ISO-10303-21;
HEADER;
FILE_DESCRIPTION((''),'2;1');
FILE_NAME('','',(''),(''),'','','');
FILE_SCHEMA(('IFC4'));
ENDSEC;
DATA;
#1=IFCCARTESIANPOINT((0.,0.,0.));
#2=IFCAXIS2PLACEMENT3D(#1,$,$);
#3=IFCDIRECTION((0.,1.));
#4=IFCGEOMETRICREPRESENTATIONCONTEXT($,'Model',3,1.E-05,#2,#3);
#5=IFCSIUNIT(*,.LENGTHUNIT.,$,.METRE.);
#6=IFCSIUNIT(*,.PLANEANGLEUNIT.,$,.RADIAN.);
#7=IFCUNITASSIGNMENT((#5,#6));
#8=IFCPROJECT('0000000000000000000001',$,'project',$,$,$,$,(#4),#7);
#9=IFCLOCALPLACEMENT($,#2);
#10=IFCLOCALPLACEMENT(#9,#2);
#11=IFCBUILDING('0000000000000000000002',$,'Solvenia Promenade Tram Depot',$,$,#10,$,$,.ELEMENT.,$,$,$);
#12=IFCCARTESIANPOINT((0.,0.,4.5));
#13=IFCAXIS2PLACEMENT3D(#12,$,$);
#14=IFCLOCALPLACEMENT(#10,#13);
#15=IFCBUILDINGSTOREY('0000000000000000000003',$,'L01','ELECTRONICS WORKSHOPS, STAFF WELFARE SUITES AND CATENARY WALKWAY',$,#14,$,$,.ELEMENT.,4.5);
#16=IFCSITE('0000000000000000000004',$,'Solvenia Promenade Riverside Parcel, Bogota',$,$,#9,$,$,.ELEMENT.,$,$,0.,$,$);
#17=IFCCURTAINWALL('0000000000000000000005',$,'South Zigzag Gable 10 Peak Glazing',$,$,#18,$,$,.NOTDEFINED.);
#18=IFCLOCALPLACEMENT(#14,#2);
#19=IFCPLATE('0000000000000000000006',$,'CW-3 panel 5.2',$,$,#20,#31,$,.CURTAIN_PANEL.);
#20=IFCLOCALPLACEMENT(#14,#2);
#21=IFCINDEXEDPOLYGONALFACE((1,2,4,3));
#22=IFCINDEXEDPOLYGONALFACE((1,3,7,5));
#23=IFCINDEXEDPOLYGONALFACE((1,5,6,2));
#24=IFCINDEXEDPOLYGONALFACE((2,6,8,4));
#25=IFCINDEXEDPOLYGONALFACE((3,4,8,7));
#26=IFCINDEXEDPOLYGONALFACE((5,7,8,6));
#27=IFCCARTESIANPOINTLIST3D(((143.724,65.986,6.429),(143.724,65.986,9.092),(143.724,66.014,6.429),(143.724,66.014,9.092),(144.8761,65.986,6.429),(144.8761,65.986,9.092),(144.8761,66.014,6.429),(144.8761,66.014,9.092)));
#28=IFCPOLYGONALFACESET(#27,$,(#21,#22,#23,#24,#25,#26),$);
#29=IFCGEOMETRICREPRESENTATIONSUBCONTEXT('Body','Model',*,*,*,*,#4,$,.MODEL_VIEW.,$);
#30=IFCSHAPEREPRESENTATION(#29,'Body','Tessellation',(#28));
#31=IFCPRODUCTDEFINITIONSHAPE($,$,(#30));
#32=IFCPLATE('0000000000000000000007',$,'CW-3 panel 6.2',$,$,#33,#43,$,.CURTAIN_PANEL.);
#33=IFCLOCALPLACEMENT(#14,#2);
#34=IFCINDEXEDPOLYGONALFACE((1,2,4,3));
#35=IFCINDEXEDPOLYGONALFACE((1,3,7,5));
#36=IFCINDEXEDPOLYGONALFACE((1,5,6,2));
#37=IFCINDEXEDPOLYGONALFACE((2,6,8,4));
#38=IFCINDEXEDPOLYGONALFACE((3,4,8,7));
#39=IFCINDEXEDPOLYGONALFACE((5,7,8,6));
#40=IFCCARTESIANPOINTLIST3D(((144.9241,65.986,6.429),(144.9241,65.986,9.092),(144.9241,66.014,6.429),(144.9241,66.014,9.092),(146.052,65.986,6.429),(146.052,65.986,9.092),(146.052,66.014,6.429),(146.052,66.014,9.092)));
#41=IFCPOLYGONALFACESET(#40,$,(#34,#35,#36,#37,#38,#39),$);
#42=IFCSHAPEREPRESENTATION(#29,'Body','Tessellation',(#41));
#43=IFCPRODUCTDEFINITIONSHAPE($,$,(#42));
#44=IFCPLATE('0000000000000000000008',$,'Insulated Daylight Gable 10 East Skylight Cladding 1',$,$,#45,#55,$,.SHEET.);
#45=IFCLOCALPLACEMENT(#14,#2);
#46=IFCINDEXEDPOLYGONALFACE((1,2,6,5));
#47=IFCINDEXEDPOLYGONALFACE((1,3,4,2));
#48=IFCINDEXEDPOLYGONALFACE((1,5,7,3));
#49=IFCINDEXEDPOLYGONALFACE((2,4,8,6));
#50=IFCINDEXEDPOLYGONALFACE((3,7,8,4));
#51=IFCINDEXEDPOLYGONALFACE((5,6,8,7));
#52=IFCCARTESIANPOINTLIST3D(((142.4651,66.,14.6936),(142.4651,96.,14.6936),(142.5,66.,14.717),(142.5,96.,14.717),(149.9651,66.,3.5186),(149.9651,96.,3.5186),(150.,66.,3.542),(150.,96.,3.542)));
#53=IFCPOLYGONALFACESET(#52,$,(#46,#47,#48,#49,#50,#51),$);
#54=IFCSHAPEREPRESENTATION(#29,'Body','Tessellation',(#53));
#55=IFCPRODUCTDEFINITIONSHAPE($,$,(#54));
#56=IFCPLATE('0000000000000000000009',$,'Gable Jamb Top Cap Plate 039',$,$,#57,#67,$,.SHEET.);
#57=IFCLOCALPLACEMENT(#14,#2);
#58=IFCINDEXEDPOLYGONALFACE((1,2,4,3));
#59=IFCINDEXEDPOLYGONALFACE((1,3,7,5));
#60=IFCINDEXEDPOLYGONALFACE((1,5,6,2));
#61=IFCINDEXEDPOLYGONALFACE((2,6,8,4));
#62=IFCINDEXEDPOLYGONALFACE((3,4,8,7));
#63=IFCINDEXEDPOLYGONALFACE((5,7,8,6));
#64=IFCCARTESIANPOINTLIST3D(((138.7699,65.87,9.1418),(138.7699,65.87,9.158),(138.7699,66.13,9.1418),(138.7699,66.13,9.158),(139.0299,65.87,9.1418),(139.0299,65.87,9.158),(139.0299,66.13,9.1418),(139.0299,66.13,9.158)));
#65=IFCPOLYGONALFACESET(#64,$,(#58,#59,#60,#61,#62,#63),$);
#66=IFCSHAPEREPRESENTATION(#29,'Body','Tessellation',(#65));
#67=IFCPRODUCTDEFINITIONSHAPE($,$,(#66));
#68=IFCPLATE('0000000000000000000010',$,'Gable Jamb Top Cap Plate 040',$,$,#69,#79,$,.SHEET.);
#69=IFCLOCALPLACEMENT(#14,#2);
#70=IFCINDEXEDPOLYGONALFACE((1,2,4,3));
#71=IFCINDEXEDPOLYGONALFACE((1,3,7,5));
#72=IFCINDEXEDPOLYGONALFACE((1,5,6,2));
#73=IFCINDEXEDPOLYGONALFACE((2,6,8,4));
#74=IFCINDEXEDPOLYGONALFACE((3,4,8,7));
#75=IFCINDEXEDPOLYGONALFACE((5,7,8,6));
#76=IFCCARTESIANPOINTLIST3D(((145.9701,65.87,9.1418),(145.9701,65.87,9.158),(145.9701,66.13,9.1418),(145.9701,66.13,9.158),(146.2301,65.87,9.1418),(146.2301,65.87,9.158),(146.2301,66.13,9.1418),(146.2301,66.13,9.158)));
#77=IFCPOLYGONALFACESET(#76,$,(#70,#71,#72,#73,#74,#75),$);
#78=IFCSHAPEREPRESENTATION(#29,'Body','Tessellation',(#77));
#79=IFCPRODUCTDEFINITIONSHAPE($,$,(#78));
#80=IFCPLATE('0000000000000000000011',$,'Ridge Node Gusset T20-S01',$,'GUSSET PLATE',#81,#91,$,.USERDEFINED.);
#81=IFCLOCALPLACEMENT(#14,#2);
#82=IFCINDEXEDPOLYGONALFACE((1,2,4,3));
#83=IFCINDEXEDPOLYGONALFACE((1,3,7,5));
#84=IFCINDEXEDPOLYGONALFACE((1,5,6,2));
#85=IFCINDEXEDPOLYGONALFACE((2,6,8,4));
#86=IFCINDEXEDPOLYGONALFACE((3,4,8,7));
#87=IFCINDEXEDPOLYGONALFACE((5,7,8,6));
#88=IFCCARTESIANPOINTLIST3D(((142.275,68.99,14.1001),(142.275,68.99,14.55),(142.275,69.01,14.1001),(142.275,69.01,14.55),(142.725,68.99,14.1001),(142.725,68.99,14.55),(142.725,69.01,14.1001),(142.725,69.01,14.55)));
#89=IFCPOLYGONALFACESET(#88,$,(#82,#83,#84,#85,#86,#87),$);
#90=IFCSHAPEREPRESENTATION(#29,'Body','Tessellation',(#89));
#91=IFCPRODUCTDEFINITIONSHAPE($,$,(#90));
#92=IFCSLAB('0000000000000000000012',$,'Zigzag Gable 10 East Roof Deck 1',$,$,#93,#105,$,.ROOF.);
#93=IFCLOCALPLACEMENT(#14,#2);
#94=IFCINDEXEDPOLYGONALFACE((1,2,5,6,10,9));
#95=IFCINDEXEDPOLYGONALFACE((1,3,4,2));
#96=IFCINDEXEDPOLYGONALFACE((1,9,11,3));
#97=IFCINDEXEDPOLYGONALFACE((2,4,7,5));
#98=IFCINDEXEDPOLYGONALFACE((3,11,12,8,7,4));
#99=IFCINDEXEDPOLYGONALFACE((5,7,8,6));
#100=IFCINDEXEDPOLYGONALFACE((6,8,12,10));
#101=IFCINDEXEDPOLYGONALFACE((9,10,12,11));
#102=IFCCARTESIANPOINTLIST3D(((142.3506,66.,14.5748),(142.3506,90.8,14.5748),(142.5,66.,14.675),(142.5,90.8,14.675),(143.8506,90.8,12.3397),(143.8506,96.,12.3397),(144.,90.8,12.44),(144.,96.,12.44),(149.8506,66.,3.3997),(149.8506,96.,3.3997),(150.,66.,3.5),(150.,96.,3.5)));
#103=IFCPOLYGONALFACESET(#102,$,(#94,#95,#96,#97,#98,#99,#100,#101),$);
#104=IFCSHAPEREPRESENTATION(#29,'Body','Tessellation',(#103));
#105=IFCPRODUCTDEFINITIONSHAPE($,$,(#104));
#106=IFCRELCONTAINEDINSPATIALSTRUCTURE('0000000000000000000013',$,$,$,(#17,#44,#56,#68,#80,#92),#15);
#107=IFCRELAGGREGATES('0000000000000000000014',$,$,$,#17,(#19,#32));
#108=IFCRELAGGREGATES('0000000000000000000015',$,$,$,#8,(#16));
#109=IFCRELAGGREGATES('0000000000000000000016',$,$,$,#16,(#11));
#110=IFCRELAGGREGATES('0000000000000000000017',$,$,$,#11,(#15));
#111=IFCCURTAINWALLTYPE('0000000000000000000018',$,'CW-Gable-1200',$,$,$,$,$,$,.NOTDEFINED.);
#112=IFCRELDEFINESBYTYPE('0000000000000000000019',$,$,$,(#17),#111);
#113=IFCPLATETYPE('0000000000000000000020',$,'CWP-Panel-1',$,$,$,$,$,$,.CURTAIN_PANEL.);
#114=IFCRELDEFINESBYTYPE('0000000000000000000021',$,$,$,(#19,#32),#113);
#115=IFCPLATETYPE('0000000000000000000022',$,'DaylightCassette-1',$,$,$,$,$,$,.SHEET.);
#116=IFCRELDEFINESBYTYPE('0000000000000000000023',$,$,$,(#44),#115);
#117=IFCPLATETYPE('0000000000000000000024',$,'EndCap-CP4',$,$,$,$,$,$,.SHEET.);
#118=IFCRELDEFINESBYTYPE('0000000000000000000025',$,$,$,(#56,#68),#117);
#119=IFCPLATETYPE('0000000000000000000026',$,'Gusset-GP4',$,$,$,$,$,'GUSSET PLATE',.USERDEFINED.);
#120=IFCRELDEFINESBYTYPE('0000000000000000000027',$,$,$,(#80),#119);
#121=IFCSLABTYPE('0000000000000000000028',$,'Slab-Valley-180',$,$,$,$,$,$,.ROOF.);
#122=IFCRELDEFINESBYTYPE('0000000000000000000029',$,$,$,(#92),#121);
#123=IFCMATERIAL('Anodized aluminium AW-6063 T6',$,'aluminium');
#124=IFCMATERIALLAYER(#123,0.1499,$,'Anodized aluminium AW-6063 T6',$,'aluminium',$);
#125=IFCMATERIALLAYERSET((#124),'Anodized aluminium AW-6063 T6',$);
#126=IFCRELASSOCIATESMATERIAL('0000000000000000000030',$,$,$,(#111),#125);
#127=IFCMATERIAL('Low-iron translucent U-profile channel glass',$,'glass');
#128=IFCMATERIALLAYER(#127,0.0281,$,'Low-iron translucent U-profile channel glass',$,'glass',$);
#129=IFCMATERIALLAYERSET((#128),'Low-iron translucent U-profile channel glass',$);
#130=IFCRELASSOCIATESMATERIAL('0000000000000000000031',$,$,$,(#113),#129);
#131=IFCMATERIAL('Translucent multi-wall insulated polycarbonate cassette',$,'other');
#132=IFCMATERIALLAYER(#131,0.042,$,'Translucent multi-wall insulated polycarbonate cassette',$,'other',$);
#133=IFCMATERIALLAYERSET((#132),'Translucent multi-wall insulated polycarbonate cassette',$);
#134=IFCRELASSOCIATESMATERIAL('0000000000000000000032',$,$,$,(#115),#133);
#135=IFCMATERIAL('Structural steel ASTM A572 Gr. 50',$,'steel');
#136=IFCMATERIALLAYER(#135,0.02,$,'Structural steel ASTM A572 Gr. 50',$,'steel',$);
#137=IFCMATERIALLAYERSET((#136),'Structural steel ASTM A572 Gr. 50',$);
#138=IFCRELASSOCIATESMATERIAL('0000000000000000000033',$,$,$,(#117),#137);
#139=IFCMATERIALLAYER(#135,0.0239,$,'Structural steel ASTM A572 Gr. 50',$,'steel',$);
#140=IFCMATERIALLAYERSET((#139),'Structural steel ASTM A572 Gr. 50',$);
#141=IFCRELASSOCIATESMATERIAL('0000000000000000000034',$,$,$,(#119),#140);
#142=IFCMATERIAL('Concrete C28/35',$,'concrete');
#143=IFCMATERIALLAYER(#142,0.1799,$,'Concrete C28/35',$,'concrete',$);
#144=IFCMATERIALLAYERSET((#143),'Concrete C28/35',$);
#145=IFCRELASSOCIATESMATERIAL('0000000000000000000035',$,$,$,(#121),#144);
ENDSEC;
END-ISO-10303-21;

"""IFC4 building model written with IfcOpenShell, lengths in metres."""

from ifc_helpers import new_model, si_unit, direction, frame, origin, origin_2d, place, context, subcontext, project, spatial, polyline, rectangle, outline, extrude, material, layer, layer_set, type_object, element, aggregate, save


model = new_model("IFC4")

# Units and contexts
model_context = context("Model", 3, precision=1e-05, world=origin(), true_north=direction((0.0, 1.0)))
body_context = subcontext(model_context, "Body", "Model", "MODEL_VIEW")
ifc_project = project(units=[si_unit("LENGTHUNIT", "METRE"), si_unit("PLANEANGLEUNIT", "RADIAN")], contexts=[model_context])

# Site, building, storey
site_placement = place(None, origin())
site = spatial("IfcSite", under=ifc_project, at=site_placement, Name="Solvenia Promenade Riverside Parcel, Bogota", CompositionType="ELEMENT", RefElevation=0.0)
building_placement = place(site_placement, origin())
building = spatial("IfcBuilding", under=site, at=building_placement, Name="Solvenia Promenade Tram Depot", CompositionType="ELEMENT")
storey_placement = place(building_placement, frame((0.0, 0.0, 4.5)))
storey = spatial("IfcBuildingStorey", under=building, at=storey_placement, Name="L01", Description="ELECTRONICS WORKSHOPS, STAFF WELFARE SUITES AND CATENARY WALKWAY", CompositionType="ELEMENT", Elevation=4.5)

# Curtain wall
ifc_material_1 = material(Name="Anodized aluminium AW-6063 T6", Category="aluminium")
ifc_layer_1 = layer(ifc_material_1, 0.1499, Name="Anodized aluminium AW-6063 T6", Category="aluminium")
ifc_layer_set_1 = layer_set([ifc_layer_1], Name="Anodized aluminium AW-6063 T6")
curtain_wall_type = type_object("IfcCurtainWallType", Name="CW-Gable-1200", PredefinedType="NOTDEFINED", material=ifc_layer_set_1)
curtain_wall_placement = place(storey_placement, origin())
curtain_wall = element("IfcCurtainWall", 1, at=curtain_wall_placement, inside=storey, type_object=curtain_wall_type, Name="South Zigzag Gable 10 Peak Glazing", PredefinedType="NOTDEFINED")

# Plates
ifc_material_2 = material(Name="Low-iron translucent U-profile channel glass", Category="glass")
ifc_layer_2 = layer(ifc_material_2, 0.0281, Name="Low-iron translucent U-profile channel glass", Category="glass")
ifc_layer_set_2 = layer_set([ifc_layer_2], Name="Low-iron translucent U-profile channel glass")
plate_type_1 = type_object("IfcPlateType", Name="CWP-Panel-1", PredefinedType="CURTAIN_PANEL", material=ifc_layer_set_2)
plate_1_placement = place(storey_placement, frame((144.3, 66.0, 6.429), z_axis=(0.0, 0.0, 1.0), x_axis=(1.0, 0.0, 0.0)))
plate_1 = element("IfcPlate", 2, at=plate_1_placement, type_object=plate_type_1, Name="CW-3 panel 5.2", PredefinedType="CURTAIN_PANEL", context=body_context, shape_type="SweptSolid", body=[
    extrude(rectangle(XDim=1.1521, YDim=0.0281, at=origin_2d()), origin(), (0.0, 0.0, 1.0), 2.6631),
])
plate_2_placement = place(storey_placement, frame((145.488, 66.0, 6.429), z_axis=(0.0, 0.0, 1.0), x_axis=(1.0, 0.0, 0.0)))
plate_2 = element("IfcPlate", 3, at=plate_2_placement, type_object=plate_type_1, Name="CW-3 panel 6.2", PredefinedType="CURTAIN_PANEL", context=body_context, shape_type="SweptSolid", body=[
    extrude(rectangle(XDim=1.1279, YDim=0.0281, at=origin_2d()), origin(), (0.0, 0.0, 1.0), 2.6631),
])
aggregate(curtain_wall, [plate_1, plate_2])

# Plates
ifc_material_3 = material(Name="Translucent multi-wall insulated polycarbonate cassette", Category="other")
ifc_layer_3 = layer(ifc_material_3, 0.042, Name="Translucent multi-wall insulated polycarbonate cassette", Category="other")
ifc_layer_set_3 = layer_set([ifc_layer_3], Name="Translucent multi-wall insulated polycarbonate cassette")
plate_type_2 = type_object("IfcPlateType", Name="DaylightCassette-1", PredefinedType="SHEET", material=ifc_layer_set_3)
plate_3_placement = place(storey_placement, frame((142.5, 66.0, 14.717), z_axis=(0.830333, 0.0, 0.557268), x_axis=(0.0, 1.0, 0.0)))
element("IfcPlate", 4, at=plate_3_placement, inside=storey, type_object=plate_type_2, Name="Insulated Daylight Gable 10 East Skylight Cladding 1", PredefinedType="SHEET", context=body_context, shape_type="SweptSolid", body=[
    extrude(outline(polyline([(0.0, 0.0), (30.0, 0.0), (30.0, -13.4585), (0.0, -13.4585), (0.0, 0.0)])), origin(), (0.0, 0.0, -1.0), 0.042),
])
ifc_material_4 = material(Name="Structural steel ASTM A572 Gr. 50", Category="steel")
ifc_layer_4 = layer(ifc_material_4, 0.02, Name="Structural steel ASTM A572 Gr. 50", Category="steel")
ifc_layer_set_4 = layer_set([ifc_layer_4], Name="Structural steel ASTM A572 Gr. 50")
plate_type_3 = type_object("IfcPlateType", Name="EndCap-CP4", PredefinedType="SHEET", material=ifc_layer_set_4)
for number, where, z_axis, x_axis, name in (
    (5, (138.8999, 66.0, 9.1418), (0.0, 0.0, 1.0), (1.0, 0.0, 0.0), "Gable Jamb Top Cap Plate 039"),
    (6, (146.1001, 66.0, 9.1418), (0.0, 0.0, 1.0), (1.0, 0.0, 0.0), "Gable Jamb Top Cap Plate 040"),
):
    element("IfcPlate", number, at=place(storey_placement, frame(where, z_axis=z_axis, x_axis=x_axis)), inside=storey, type_object=plate_type_3, Name=name, PredefinedType="SHEET", context=body_context, shape_type="SweptSolid", body=[
        extrude(rectangle(XDim=0.26, YDim=0.26, at=origin_2d()), origin(), (0.0, 0.0, 1.0), 0.0161),
    ])
ifc_layer_5 = layer(ifc_material_4, 0.0239, Name="Structural steel ASTM A572 Gr. 50", Category="steel")
ifc_layer_set_5 = layer_set([ifc_layer_5], Name="Structural steel ASTM A572 Gr. 50")
plate_type_4 = type_object("IfcPlateType", Name="Gusset-GP4", ElementType="GUSSET PLATE", PredefinedType="USERDEFINED", material=ifc_layer_set_5)
plate_4_placement = place(storey_placement, frame((142.5, 69.0, 14.1001), z_axis=(0.0, 0.0, 1.0), x_axis=(1.0, 0.0, 0.0)))
element("IfcPlate", 7, at=plate_4_placement, inside=storey, type_object=plate_type_4, Name="Ridge Node Gusset T20-S01", ObjectType="GUSSET PLATE", PredefinedType="USERDEFINED", context=body_context, shape_type="SweptSolid", body=[
    extrude(rectangle(XDim=0.45, YDim=0.02, at=origin_2d()), origin(), (0.0, 0.0, 1.0), 0.45),
])

# Slab
ifc_material_5 = material(Name="Concrete C28/35", Category="concrete")
ifc_layer_6 = layer(ifc_material_5, 0.1799, Name="Concrete C28/35", Category="concrete")
ifc_layer_set_6 = layer_set([ifc_layer_6], Name="Concrete C28/35")
slab_type = type_object("IfcSlabType", Name="Slab-Valley-180", PredefinedType="ROOF", material=ifc_layer_set_6)
slab_placement = place(storey_placement, frame((142.5, 66.0, 14.675), z_axis=(0.830332, 0.000001, 0.557268), x_axis=(-0.000001, 1.0, -0.000001)))
element("IfcSlab", 8, at=slab_placement, inside=storey, type_object=slab_type, Name="Zigzag Gable 10 East Roof Deck 1", PredefinedType="ROOF", context=body_context, shape_type="SweptSolid", body=[
    extrude(outline(polyline([(0.0, 0.0), (24.8, 0.0), (24.8, -2.6918), (30.0, -2.6918), (30.0, -13.4585), (0.0, -13.4585), (0.0, 0.0)])), origin(), (0.0, 0.0, -1.0), 0.1799),
])

save(model, "model.ifc")
